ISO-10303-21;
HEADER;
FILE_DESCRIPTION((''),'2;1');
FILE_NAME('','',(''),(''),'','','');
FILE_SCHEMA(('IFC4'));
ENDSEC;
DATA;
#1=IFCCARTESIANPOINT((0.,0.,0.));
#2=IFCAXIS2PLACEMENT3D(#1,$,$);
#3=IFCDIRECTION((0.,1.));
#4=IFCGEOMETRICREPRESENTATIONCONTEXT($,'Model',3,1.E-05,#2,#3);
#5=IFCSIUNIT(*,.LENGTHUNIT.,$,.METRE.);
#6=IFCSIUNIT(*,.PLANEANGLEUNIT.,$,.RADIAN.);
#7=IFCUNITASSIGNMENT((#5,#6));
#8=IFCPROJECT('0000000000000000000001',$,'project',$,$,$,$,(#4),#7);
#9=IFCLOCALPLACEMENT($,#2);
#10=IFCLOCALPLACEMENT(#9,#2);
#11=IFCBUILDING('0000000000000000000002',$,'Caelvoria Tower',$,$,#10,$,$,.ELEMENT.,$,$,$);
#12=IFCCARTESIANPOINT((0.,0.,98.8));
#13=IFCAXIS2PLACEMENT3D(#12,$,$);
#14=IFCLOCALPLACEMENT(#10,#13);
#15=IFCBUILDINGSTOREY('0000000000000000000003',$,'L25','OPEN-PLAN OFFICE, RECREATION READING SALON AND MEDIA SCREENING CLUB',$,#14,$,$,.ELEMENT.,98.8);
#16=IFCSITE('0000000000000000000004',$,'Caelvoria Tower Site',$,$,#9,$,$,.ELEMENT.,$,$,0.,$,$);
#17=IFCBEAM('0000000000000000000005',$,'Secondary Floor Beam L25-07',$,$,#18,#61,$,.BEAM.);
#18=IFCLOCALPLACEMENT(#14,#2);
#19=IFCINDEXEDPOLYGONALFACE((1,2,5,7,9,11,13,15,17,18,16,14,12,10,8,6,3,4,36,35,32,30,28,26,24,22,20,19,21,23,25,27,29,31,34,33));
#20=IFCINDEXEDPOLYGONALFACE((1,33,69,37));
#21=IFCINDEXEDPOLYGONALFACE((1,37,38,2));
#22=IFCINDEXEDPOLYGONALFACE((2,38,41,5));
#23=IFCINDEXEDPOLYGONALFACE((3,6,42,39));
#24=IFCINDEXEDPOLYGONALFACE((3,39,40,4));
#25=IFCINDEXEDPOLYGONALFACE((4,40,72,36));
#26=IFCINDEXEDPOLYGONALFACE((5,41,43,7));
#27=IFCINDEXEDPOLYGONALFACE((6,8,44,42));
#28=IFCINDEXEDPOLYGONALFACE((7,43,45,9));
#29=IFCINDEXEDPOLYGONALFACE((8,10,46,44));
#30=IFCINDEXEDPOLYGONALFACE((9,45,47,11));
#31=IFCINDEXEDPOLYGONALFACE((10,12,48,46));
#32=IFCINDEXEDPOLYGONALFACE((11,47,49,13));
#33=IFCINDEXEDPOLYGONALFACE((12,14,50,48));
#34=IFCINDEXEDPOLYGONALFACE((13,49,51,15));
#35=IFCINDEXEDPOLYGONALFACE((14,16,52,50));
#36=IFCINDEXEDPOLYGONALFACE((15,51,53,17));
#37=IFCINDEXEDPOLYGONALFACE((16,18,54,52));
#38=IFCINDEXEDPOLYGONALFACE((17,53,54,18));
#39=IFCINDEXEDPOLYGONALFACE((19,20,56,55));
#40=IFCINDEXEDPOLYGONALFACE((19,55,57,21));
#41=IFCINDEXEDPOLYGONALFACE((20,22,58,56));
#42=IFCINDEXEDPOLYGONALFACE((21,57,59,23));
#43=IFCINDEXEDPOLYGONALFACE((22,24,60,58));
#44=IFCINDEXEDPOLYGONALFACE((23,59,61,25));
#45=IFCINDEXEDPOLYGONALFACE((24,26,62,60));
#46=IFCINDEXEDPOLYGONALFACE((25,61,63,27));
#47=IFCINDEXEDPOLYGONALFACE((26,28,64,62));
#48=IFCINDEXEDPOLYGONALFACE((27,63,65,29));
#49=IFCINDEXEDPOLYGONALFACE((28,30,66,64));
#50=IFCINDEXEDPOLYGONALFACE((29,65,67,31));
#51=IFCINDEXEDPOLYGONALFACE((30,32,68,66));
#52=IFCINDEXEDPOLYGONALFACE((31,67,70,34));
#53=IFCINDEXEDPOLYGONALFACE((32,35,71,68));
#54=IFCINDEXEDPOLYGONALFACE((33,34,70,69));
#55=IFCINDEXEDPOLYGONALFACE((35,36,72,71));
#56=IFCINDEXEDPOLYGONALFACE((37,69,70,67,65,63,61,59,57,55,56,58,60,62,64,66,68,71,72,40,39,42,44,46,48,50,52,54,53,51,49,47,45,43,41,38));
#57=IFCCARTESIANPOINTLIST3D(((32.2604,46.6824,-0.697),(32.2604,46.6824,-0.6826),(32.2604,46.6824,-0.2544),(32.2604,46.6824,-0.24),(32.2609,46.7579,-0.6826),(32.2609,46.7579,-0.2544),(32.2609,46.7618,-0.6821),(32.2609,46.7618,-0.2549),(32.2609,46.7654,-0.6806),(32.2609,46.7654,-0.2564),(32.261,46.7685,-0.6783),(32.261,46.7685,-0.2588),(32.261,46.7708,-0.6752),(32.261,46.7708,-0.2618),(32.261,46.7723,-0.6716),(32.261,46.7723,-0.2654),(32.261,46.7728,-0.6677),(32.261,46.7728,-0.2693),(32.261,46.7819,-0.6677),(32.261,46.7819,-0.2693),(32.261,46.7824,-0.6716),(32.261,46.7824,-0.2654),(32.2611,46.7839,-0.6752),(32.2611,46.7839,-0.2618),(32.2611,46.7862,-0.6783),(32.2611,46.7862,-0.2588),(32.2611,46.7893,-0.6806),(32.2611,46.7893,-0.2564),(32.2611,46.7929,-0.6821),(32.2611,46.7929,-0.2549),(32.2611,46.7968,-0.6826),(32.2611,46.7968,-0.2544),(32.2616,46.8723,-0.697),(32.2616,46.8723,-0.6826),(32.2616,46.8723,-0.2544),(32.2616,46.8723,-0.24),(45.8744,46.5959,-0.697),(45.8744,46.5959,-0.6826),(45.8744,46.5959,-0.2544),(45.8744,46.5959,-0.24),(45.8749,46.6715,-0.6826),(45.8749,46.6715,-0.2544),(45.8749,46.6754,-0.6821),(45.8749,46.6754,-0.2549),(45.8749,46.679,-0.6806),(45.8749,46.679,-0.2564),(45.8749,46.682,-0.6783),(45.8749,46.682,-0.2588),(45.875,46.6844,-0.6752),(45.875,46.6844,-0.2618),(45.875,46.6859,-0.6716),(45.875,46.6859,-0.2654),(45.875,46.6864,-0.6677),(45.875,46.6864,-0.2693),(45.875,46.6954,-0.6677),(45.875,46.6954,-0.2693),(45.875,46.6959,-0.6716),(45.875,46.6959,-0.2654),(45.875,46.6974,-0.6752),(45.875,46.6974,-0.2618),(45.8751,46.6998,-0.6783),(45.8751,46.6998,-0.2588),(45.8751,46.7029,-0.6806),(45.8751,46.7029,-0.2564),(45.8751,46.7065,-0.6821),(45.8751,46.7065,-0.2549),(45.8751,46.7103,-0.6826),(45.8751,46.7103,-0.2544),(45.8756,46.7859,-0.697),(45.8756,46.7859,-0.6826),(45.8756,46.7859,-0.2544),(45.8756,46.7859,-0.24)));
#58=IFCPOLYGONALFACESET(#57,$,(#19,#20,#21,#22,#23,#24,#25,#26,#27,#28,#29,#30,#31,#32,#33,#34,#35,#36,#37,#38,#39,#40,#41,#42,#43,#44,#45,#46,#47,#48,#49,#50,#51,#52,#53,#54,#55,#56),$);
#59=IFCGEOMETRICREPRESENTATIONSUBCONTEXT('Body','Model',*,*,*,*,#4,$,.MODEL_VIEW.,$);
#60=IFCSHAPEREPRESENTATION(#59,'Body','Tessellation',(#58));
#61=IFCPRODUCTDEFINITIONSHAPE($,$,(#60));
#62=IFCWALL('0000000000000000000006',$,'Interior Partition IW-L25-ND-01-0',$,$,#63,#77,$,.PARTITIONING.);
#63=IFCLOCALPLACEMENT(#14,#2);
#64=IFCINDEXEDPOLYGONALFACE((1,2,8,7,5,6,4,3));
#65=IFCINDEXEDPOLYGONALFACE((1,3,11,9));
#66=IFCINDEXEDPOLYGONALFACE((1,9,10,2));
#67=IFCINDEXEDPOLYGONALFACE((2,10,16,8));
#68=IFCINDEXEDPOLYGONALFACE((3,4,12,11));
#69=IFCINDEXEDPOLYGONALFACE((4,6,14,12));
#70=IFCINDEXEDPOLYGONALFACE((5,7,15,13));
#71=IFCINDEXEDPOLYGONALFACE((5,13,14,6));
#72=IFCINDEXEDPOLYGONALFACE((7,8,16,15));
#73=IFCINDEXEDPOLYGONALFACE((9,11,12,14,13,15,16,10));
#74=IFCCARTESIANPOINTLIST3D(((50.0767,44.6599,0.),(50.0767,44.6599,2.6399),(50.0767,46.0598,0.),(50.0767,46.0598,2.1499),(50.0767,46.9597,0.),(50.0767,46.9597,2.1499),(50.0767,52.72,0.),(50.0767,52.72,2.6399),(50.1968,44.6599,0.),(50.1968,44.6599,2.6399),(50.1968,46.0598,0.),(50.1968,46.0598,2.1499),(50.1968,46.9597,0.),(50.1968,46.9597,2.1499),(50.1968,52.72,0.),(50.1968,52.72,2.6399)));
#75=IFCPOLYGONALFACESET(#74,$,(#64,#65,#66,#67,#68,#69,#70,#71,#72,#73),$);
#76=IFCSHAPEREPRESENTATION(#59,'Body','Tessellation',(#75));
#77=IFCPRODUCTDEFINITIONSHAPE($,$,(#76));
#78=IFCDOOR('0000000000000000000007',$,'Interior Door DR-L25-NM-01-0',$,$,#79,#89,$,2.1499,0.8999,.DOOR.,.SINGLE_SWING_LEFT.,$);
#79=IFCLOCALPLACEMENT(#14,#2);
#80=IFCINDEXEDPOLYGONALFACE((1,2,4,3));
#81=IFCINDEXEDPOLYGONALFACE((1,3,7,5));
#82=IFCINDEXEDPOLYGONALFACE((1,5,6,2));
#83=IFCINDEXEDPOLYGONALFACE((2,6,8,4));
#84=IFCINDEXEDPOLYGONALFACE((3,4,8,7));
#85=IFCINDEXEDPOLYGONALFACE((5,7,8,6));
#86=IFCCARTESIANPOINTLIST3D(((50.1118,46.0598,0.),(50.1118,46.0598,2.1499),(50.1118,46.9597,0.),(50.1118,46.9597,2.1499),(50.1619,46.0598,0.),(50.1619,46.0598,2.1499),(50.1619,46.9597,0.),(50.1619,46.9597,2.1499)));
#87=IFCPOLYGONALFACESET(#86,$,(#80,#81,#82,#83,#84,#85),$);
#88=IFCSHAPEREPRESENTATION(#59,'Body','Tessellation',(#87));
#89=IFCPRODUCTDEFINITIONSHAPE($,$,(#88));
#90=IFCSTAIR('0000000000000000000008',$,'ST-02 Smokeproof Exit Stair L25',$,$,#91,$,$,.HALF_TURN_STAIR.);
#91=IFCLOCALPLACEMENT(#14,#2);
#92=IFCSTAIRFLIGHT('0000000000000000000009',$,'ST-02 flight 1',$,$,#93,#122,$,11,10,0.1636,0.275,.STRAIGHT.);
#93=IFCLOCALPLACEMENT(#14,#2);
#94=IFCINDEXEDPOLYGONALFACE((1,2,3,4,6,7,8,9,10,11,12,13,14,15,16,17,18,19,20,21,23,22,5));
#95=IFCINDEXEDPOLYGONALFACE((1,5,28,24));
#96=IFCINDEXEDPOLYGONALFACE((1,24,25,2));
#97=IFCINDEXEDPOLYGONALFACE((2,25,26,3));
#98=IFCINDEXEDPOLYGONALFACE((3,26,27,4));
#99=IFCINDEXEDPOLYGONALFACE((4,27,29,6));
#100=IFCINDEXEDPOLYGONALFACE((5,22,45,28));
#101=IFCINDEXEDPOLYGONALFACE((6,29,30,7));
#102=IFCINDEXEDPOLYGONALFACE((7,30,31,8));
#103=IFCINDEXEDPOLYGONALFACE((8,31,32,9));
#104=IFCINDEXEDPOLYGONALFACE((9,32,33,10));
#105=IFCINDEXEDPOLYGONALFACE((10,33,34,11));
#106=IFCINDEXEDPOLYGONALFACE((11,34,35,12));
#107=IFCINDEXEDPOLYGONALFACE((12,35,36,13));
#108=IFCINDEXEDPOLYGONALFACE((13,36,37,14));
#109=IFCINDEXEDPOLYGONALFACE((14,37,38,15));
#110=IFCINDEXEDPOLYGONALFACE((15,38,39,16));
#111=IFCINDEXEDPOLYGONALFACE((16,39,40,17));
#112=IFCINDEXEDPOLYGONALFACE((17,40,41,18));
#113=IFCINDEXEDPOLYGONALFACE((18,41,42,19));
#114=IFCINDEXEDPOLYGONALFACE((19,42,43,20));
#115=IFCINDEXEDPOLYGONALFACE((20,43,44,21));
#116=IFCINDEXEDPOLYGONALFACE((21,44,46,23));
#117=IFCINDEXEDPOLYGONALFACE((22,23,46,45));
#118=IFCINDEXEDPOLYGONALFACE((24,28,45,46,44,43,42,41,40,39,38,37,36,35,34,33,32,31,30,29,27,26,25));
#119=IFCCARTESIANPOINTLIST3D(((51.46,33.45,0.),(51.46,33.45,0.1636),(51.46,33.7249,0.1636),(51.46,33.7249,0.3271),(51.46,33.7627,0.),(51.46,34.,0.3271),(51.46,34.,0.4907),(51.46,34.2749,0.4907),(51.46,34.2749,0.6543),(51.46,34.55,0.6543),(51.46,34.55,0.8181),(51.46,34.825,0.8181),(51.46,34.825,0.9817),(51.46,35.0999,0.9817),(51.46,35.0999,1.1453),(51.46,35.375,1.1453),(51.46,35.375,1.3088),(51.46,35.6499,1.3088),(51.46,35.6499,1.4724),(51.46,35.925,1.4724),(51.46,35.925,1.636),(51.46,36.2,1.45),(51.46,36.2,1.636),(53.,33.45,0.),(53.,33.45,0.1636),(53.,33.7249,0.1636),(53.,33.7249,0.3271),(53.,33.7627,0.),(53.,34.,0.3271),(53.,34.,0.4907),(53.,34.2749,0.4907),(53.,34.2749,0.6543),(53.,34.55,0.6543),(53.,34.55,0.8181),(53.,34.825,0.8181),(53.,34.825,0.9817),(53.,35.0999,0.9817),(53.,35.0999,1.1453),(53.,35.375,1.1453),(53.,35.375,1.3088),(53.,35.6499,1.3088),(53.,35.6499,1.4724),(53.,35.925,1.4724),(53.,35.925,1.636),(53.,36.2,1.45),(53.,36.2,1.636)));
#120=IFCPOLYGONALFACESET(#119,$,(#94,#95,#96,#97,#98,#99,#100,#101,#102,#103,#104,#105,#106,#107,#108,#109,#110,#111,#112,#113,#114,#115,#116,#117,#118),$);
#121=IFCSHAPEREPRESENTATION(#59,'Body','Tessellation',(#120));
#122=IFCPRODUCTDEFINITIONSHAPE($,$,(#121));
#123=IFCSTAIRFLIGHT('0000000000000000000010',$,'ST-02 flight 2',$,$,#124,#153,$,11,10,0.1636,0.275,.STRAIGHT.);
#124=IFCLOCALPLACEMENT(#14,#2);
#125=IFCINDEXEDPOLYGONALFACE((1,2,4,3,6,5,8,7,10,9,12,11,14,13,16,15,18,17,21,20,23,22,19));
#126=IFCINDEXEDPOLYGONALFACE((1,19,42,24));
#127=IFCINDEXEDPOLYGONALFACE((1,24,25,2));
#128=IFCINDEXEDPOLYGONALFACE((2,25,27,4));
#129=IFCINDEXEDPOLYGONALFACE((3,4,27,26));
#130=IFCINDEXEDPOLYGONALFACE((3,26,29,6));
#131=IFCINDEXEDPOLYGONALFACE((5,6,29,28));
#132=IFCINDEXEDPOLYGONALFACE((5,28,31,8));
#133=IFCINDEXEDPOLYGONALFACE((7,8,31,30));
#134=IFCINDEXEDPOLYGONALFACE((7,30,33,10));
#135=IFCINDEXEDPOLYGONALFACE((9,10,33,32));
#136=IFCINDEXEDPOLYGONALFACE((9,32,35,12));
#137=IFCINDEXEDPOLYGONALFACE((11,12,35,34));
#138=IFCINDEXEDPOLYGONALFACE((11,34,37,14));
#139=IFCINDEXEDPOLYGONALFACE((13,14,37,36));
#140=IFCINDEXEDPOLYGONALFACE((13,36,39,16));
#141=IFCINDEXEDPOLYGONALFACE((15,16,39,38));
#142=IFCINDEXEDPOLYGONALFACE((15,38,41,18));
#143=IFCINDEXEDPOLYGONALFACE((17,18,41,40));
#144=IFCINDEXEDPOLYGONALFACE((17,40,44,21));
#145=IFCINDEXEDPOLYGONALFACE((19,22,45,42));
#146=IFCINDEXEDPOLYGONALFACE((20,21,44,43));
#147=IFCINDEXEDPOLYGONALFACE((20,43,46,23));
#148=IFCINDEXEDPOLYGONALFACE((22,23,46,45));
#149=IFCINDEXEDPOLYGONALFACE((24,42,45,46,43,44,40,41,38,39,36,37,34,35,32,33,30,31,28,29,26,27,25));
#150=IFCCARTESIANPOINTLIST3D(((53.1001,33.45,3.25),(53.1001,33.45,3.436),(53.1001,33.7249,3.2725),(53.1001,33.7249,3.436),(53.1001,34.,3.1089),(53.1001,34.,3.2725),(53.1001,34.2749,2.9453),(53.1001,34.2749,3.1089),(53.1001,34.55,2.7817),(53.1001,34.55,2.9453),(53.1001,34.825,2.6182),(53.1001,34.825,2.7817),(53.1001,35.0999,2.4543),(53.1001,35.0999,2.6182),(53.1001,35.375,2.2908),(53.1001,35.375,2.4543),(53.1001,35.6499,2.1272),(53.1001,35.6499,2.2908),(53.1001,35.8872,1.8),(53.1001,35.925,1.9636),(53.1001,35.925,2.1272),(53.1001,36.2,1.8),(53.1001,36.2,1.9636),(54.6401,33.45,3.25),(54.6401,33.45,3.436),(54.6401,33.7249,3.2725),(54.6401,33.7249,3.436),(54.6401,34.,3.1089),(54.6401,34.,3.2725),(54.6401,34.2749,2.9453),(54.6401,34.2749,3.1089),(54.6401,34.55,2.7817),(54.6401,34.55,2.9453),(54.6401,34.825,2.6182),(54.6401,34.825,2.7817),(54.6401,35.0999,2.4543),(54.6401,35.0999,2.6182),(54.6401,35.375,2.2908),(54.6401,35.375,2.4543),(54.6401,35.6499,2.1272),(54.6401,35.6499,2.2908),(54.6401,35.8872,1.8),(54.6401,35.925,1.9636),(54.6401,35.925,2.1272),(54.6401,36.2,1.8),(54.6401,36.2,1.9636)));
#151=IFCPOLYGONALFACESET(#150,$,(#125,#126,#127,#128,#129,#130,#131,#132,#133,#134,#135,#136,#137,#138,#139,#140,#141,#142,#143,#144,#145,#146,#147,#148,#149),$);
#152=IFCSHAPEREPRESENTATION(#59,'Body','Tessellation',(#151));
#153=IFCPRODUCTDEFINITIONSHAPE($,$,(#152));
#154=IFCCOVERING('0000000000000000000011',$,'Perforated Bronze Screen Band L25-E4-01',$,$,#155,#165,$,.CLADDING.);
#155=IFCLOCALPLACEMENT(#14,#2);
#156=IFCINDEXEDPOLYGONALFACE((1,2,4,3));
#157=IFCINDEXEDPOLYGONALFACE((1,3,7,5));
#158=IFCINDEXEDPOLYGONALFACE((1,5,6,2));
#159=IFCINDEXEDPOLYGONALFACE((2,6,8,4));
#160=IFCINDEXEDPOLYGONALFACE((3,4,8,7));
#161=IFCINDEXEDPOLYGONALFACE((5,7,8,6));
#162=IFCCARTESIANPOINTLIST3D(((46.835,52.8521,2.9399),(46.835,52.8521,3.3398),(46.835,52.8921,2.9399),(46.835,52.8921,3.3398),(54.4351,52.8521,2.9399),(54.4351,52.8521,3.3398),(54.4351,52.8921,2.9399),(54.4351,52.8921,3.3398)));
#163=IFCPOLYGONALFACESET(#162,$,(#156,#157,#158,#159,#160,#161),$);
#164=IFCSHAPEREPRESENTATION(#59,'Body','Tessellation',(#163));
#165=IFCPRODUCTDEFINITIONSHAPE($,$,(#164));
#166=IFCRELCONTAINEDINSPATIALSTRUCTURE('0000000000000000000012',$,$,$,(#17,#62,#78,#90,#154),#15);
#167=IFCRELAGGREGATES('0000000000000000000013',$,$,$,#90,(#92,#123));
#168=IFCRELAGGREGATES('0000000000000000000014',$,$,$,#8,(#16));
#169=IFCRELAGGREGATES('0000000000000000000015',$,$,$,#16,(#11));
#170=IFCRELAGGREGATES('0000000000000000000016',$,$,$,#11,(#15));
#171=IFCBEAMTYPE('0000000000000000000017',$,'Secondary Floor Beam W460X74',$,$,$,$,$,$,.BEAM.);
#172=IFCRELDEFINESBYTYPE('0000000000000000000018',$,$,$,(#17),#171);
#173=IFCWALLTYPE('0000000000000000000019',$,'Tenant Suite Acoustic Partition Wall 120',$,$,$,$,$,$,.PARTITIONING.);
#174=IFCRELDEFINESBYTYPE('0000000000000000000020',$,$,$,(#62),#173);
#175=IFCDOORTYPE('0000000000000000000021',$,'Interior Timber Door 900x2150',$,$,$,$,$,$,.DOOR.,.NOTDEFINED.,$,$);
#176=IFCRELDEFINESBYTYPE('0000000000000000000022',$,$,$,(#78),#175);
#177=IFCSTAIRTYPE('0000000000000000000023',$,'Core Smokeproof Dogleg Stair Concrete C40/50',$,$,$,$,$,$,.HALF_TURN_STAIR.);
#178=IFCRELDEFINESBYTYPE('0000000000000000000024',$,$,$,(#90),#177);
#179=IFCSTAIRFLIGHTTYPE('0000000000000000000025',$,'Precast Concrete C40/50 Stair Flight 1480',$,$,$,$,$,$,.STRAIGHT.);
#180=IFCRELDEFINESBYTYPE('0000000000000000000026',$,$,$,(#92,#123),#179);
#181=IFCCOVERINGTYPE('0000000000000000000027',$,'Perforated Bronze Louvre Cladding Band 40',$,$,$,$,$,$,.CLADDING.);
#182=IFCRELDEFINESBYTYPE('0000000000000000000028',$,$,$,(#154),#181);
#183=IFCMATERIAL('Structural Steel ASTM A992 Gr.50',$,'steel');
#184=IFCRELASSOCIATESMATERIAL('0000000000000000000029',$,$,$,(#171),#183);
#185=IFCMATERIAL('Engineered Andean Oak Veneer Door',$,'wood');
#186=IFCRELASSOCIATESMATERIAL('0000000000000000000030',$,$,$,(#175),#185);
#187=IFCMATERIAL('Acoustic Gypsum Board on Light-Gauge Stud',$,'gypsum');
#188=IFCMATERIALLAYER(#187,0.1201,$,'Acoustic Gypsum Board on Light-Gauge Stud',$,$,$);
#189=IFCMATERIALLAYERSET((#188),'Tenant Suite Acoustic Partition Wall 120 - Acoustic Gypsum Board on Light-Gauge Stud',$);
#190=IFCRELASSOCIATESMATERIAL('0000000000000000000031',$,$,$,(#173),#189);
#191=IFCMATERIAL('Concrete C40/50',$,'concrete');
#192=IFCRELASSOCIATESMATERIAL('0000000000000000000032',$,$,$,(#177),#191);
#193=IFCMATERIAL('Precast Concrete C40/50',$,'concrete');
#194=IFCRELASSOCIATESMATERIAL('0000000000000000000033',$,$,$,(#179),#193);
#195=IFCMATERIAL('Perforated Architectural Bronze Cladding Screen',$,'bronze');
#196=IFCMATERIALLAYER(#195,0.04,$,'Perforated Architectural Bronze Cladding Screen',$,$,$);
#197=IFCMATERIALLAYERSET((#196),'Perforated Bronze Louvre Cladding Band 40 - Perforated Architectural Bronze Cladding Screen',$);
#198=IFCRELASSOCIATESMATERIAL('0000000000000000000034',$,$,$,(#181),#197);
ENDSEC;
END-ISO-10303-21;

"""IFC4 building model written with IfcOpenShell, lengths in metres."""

from ifc_helpers import new_model, si_unit, direction, frame, frame_2d, origin, origin_2d, place, context, subcontext, project, spatial, polyline, rectangle, i_section, outline, extrude, material, layer, layer_set, material_profile, profile_set, type_object, element, fill, aggregate, save


model = new_model("IFC4")

# Units and contexts
model_context = context("Model", 3, precision=1e-05, world=origin(), true_north=direction((0.0, 1.0)))
body_context = subcontext(model_context, "Body", "Model", "MODEL_VIEW")
ifc_project = project(units=[si_unit("LENGTHUNIT", "METRE"), si_unit("PLANEANGLEUNIT", "RADIAN")], contexts=[model_context])

# Site, building, storey
site_placement = place(None, origin())
site = spatial("IfcSite", under=ifc_project, at=site_placement, Name="Caelvoria Tower Site", CompositionType="ELEMENT", RefElevation=0.0)
building_placement = place(site_placement, origin())
building = spatial("IfcBuilding", under=site, at=building_placement, Name="Caelvoria Tower", CompositionType="ELEMENT")
storey_placement = place(building_placement, frame((0.0, 0.0, 98.8)))
storey = spatial("IfcBuildingStorey", under=building, at=storey_placement, Name="L25", Description="OPEN-PLAN OFFICE, RECREATION READING SALON AND MEDIA SCREENING CLUB", CompositionType="ELEMENT", Elevation=98.8)

# Beam
ifc_material_1 = material(Name="Structural Steel ASTM A992 Gr.50", Category="steel")
ifc_material_profile_1 = material_profile(ifc_material_1, i_section(OverallWidth=0.1899, OverallDepth=0.457, WebThickness=0.009, FlangeThickness=0.0144, FilletRadius=0.0149, at=origin_2d()), Name="Structural Steel ASTM A992 Gr.50")
ifc_profile_set_1 = profile_set([ifc_material_profile_1], Name="W460X74 - Structural Steel ASTM A992 Gr.50")
beam_type_1 = type_object("IfcBeamType", Name="Secondary Floor Beam W460X74", PredefinedType="BEAM", material=ifc_profile_set_1)
for number, where, z_axis, x_axis, name in (
    (1, (45.875, 46.6909, -0.4685), (-0.99998, 0.006348, 0.0), (-0.006348, -0.99998, 0.0), "Secondary Floor Beam L25-07"),
):
    element("IfcBeam", number, at=place(storey_placement, frame(where, z_axis=z_axis, x_axis=x_axis)), inside=storey, type_object=beam_type_1, Name=name, PredefinedType="BEAM", context=body_context, shape_type="SweptSolid", body=[
        extrude(i_section(OverallWidth=0.1899, OverallDepth=0.457, WebThickness=0.009, FlangeThickness=0.0144, FilletRadius=0.0149, at=origin_2d()), origin(), (0.0, 0.0, 1.0), 13.6143),
    ])

# Wall, opening, door
ifc_material_2 = material(Name="Engineered Andean Oak Veneer Door", Category="wood")
door_type_1 = type_object("IfcDoorType", Name="Interior Timber Door 900x2150", OperationType="NOTDEFINED", PredefinedType="DOOR", material=ifc_material_2)
ifc_material_3 = material(Name="Acoustic Gypsum Board on Light-Gauge Stud", Category="gypsum")
ifc_layer_1 = layer(ifc_material_3, 0.1201, Name="Acoustic Gypsum Board on Light-Gauge Stud")
ifc_layer_set_1 = layer_set([ifc_layer_1], Name="Tenant Suite Acoustic Partition Wall 120 - Acoustic Gypsum Board on Light-Gauge Stud")
wall_type_1 = type_object("IfcWallType", Name="Tenant Suite Acoustic Partition Wall 120", PredefinedType="PARTITIONING", material=ifc_layer_set_1)
wall_1_placement = place(storey_placement, frame((50.1367, 44.6599, 0.0), z_axis=(0.0, 0.0, 1.0), x_axis=(0.0, 1.0, 0.0)))
wall_1 = element("IfcWall", 2, at=wall_1_placement, inside=storey, type_object=wall_type_1, Name="Interior Partition IW-L25-ND-01-0", PredefinedType="PARTITIONING", context=body_context, shape_type="SweptSolid", body=[
    extrude(rectangle(XDim=8.0601, YDim=0.1201, at=frame_2d((4.03, 0.0))), origin(), (0.0, 0.0, 1.0), 2.6399),
])
opening_1_placement = place(wall_1_placement, frame((1.3999, 0.0, 0.0)))
opening_1 = element("IfcOpeningElement", 3, at=opening_1_placement, cuts=wall_1, PredefinedType="OPENING", context=body_context, shape_type="SweptSolid", body=[
    extrude(rectangle(XDim=0.8999, YDim=2.1499, at=frame_2d((0.45, 1.075))), frame((0.0, 0.0701, 0.0), z_axis=(0.0, -1.0, 0.0), x_axis=(1.0, 0.0, 0.0)), (0.0, 0.0, 1.0), 0.1401),
])
door_1_placement = place(opening_1_placement, origin())
door_1 = element("IfcDoor", 4, at=door_1_placement, inside=storey, type_object=door_type_1, Name="Interior Door DR-L25-NM-01-0", OperationType="SINGLE_SWING_LEFT", OverallHeight=2.1499, OverallWidth=0.8999, PredefinedType="DOOR", context=body_context, shape_type="SweptSolid", body=[
    extrude(rectangle(XDim=0.8999, YDim=2.1499, at=frame_2d((0.45, 1.075))), frame((0.0, 0.0249, 0.0), z_axis=(0.0, -1.0, 0.0), x_axis=(1.0, 0.0, 0.0)), (0.0, 0.0, 1.0), 0.05),
])
fill(opening_1, door_1)

# Stair, stair flights
ifc_material_4 = material(Name="Concrete C40/50", Category="concrete")
stair_type = type_object("IfcStairType", Name="Core Smokeproof Dogleg Stair Concrete C40/50", PredefinedType="HALF_TURN_STAIR", material=ifc_material_4)
stair_placement = place(storey_placement, origin())
stair = element("IfcStair", 5, at=stair_placement, inside=storey, type_object=stair_type, Name="ST-02 Smokeproof Exit Stair L25", PredefinedType="HALF_TURN_STAIR")
ifc_material_5 = material(Name="Precast Concrete C40/50", Category="concrete")
stair_flight_type = type_object("IfcStairFlightType", Name="Precast Concrete C40/50 Stair Flight 1480", PredefinedType="STRAIGHT", material=ifc_material_5)
stair_flight_1_placement = place(storey_placement, frame((52.23, 33.45, 0.0), z_axis=(0.0, 0.0, 1.0), x_axis=(0.0, 1.0, 0.0)))
stair_flight_1 = element("IfcStairFlight", 6, at=stair_flight_1_placement, type_object=stair_flight_type, Name="ST-02 flight 1", NumberOfRisers=11, NumberOfTreads=10, PredefinedType="STRAIGHT", RiserHeight=0.1636, TreadLength=0.275, context=body_context, shape_type="SweptSolid", body=[
    extrude(outline(polyline([(0.0, 0.0), (0.0, 0.1636), (0.2749, 0.1636), (0.2749, 0.3271), (0.55, 0.3271), (0.55, 0.4907), (0.825, 0.4907), (0.825, 0.6543), (1.1001, 0.6543), (1.1001, 0.8181), (1.375, 0.8181), (1.375, 0.9817), (1.6499, 0.9817), (1.6499, 1.1453), (1.925, 1.1453), (1.925, 1.3088), (2.2, 1.3088), (2.2, 1.4724), (2.4751, 1.4724), (2.4751, 1.636), (2.75, 1.636), (2.75, 1.7996), (2.75, 1.45), (0.3127, 0.0), (0.0, 0.0)])), frame((0.0, 0.77, 0.0), z_axis=(0.0, -1.0, 0.0), x_axis=(1.0, 0.0, 0.0)), (0.0, 0.0, 1.0), 1.54),
])
stair_flight_2_placement = place(storey_placement, frame((53.8701, 36.2, 1.8), z_axis=(0.0, 0.0, 1.0), x_axis=(0.0, -1.0, 0.0)))
stair_flight_2 = element("IfcStairFlight", 7, at=stair_flight_2_placement, type_object=stair_flight_type, Name="ST-02 flight 2", NumberOfRisers=11, NumberOfTreads=10, PredefinedType="STRAIGHT", RiserHeight=0.1636, TreadLength=0.275, context=body_context, shape_type="SweptSolid", body=[
    extrude(outline(polyline([(0.0, 0.0), (0.0, 0.1636), (0.2749, 0.1636), (0.2749, 0.3271), (0.55, 0.3271), (0.55, 0.4907), (0.825, 0.4907), (0.825, 0.6543), (1.1001, 0.6543), (1.1001, 0.8181), (1.375, 0.8181), (1.375, 0.9817), (1.6499, 0.9817), (1.6499, 1.1453), (1.925, 1.1453), (1.925, 1.3088), (2.2, 1.3088), (2.2, 1.4724), (2.4751, 1.4724), (2.4751, 1.636), (2.75, 1.636), (2.75, 1.7996), (2.75, 1.45), (0.3127, 0.0), (0.0, 0.0)])), frame((0.0, 0.77, 0.0), z_axis=(0.0, -1.0, 0.0), x_axis=(1.0, 0.0, 0.0)), (0.0, 0.0, 1.0), 1.54),
])
aggregate(stair, [stair_flight_1, stair_flight_2])

# Covering
ifc_material_6 = material(Name="Perforated Architectural Bronze Cladding Screen", Category="bronze")
ifc_layer_2 = layer(ifc_material_6, 0.04, Name="Perforated Architectural Bronze Cladding Screen")
ifc_layer_set_2 = layer_set([ifc_layer_2], Name="Perforated Bronze Louvre Cladding Band 40 - Perforated Architectural Bronze Cladding Screen")
covering_type = type_object("IfcCoveringType", Name="Perforated Bronze Louvre Cladding Band 40", PredefinedType="CLADDING", material=ifc_layer_set_2)
covering_placement = place(storey_placement, frame((50.635, 52.8721, 2.9399), z_axis=(0.0, 0.0, 1.0), x_axis=(-1.0, 0.0, 0.0)))
element("IfcCovering", 8, at=covering_placement, inside=storey, type_object=covering_type, Name="Perforated Bronze Screen Band L25-E4-01", PredefinedType="CLADDING", context=body_context, shape_type="SweptSolid", body=[
    extrude(rectangle(XDim=7.6001, YDim=0.04, at=origin_2d()), origin(), (0.0, 0.0, 1.0), 0.3999),
])

save(model, "model.ifc")
